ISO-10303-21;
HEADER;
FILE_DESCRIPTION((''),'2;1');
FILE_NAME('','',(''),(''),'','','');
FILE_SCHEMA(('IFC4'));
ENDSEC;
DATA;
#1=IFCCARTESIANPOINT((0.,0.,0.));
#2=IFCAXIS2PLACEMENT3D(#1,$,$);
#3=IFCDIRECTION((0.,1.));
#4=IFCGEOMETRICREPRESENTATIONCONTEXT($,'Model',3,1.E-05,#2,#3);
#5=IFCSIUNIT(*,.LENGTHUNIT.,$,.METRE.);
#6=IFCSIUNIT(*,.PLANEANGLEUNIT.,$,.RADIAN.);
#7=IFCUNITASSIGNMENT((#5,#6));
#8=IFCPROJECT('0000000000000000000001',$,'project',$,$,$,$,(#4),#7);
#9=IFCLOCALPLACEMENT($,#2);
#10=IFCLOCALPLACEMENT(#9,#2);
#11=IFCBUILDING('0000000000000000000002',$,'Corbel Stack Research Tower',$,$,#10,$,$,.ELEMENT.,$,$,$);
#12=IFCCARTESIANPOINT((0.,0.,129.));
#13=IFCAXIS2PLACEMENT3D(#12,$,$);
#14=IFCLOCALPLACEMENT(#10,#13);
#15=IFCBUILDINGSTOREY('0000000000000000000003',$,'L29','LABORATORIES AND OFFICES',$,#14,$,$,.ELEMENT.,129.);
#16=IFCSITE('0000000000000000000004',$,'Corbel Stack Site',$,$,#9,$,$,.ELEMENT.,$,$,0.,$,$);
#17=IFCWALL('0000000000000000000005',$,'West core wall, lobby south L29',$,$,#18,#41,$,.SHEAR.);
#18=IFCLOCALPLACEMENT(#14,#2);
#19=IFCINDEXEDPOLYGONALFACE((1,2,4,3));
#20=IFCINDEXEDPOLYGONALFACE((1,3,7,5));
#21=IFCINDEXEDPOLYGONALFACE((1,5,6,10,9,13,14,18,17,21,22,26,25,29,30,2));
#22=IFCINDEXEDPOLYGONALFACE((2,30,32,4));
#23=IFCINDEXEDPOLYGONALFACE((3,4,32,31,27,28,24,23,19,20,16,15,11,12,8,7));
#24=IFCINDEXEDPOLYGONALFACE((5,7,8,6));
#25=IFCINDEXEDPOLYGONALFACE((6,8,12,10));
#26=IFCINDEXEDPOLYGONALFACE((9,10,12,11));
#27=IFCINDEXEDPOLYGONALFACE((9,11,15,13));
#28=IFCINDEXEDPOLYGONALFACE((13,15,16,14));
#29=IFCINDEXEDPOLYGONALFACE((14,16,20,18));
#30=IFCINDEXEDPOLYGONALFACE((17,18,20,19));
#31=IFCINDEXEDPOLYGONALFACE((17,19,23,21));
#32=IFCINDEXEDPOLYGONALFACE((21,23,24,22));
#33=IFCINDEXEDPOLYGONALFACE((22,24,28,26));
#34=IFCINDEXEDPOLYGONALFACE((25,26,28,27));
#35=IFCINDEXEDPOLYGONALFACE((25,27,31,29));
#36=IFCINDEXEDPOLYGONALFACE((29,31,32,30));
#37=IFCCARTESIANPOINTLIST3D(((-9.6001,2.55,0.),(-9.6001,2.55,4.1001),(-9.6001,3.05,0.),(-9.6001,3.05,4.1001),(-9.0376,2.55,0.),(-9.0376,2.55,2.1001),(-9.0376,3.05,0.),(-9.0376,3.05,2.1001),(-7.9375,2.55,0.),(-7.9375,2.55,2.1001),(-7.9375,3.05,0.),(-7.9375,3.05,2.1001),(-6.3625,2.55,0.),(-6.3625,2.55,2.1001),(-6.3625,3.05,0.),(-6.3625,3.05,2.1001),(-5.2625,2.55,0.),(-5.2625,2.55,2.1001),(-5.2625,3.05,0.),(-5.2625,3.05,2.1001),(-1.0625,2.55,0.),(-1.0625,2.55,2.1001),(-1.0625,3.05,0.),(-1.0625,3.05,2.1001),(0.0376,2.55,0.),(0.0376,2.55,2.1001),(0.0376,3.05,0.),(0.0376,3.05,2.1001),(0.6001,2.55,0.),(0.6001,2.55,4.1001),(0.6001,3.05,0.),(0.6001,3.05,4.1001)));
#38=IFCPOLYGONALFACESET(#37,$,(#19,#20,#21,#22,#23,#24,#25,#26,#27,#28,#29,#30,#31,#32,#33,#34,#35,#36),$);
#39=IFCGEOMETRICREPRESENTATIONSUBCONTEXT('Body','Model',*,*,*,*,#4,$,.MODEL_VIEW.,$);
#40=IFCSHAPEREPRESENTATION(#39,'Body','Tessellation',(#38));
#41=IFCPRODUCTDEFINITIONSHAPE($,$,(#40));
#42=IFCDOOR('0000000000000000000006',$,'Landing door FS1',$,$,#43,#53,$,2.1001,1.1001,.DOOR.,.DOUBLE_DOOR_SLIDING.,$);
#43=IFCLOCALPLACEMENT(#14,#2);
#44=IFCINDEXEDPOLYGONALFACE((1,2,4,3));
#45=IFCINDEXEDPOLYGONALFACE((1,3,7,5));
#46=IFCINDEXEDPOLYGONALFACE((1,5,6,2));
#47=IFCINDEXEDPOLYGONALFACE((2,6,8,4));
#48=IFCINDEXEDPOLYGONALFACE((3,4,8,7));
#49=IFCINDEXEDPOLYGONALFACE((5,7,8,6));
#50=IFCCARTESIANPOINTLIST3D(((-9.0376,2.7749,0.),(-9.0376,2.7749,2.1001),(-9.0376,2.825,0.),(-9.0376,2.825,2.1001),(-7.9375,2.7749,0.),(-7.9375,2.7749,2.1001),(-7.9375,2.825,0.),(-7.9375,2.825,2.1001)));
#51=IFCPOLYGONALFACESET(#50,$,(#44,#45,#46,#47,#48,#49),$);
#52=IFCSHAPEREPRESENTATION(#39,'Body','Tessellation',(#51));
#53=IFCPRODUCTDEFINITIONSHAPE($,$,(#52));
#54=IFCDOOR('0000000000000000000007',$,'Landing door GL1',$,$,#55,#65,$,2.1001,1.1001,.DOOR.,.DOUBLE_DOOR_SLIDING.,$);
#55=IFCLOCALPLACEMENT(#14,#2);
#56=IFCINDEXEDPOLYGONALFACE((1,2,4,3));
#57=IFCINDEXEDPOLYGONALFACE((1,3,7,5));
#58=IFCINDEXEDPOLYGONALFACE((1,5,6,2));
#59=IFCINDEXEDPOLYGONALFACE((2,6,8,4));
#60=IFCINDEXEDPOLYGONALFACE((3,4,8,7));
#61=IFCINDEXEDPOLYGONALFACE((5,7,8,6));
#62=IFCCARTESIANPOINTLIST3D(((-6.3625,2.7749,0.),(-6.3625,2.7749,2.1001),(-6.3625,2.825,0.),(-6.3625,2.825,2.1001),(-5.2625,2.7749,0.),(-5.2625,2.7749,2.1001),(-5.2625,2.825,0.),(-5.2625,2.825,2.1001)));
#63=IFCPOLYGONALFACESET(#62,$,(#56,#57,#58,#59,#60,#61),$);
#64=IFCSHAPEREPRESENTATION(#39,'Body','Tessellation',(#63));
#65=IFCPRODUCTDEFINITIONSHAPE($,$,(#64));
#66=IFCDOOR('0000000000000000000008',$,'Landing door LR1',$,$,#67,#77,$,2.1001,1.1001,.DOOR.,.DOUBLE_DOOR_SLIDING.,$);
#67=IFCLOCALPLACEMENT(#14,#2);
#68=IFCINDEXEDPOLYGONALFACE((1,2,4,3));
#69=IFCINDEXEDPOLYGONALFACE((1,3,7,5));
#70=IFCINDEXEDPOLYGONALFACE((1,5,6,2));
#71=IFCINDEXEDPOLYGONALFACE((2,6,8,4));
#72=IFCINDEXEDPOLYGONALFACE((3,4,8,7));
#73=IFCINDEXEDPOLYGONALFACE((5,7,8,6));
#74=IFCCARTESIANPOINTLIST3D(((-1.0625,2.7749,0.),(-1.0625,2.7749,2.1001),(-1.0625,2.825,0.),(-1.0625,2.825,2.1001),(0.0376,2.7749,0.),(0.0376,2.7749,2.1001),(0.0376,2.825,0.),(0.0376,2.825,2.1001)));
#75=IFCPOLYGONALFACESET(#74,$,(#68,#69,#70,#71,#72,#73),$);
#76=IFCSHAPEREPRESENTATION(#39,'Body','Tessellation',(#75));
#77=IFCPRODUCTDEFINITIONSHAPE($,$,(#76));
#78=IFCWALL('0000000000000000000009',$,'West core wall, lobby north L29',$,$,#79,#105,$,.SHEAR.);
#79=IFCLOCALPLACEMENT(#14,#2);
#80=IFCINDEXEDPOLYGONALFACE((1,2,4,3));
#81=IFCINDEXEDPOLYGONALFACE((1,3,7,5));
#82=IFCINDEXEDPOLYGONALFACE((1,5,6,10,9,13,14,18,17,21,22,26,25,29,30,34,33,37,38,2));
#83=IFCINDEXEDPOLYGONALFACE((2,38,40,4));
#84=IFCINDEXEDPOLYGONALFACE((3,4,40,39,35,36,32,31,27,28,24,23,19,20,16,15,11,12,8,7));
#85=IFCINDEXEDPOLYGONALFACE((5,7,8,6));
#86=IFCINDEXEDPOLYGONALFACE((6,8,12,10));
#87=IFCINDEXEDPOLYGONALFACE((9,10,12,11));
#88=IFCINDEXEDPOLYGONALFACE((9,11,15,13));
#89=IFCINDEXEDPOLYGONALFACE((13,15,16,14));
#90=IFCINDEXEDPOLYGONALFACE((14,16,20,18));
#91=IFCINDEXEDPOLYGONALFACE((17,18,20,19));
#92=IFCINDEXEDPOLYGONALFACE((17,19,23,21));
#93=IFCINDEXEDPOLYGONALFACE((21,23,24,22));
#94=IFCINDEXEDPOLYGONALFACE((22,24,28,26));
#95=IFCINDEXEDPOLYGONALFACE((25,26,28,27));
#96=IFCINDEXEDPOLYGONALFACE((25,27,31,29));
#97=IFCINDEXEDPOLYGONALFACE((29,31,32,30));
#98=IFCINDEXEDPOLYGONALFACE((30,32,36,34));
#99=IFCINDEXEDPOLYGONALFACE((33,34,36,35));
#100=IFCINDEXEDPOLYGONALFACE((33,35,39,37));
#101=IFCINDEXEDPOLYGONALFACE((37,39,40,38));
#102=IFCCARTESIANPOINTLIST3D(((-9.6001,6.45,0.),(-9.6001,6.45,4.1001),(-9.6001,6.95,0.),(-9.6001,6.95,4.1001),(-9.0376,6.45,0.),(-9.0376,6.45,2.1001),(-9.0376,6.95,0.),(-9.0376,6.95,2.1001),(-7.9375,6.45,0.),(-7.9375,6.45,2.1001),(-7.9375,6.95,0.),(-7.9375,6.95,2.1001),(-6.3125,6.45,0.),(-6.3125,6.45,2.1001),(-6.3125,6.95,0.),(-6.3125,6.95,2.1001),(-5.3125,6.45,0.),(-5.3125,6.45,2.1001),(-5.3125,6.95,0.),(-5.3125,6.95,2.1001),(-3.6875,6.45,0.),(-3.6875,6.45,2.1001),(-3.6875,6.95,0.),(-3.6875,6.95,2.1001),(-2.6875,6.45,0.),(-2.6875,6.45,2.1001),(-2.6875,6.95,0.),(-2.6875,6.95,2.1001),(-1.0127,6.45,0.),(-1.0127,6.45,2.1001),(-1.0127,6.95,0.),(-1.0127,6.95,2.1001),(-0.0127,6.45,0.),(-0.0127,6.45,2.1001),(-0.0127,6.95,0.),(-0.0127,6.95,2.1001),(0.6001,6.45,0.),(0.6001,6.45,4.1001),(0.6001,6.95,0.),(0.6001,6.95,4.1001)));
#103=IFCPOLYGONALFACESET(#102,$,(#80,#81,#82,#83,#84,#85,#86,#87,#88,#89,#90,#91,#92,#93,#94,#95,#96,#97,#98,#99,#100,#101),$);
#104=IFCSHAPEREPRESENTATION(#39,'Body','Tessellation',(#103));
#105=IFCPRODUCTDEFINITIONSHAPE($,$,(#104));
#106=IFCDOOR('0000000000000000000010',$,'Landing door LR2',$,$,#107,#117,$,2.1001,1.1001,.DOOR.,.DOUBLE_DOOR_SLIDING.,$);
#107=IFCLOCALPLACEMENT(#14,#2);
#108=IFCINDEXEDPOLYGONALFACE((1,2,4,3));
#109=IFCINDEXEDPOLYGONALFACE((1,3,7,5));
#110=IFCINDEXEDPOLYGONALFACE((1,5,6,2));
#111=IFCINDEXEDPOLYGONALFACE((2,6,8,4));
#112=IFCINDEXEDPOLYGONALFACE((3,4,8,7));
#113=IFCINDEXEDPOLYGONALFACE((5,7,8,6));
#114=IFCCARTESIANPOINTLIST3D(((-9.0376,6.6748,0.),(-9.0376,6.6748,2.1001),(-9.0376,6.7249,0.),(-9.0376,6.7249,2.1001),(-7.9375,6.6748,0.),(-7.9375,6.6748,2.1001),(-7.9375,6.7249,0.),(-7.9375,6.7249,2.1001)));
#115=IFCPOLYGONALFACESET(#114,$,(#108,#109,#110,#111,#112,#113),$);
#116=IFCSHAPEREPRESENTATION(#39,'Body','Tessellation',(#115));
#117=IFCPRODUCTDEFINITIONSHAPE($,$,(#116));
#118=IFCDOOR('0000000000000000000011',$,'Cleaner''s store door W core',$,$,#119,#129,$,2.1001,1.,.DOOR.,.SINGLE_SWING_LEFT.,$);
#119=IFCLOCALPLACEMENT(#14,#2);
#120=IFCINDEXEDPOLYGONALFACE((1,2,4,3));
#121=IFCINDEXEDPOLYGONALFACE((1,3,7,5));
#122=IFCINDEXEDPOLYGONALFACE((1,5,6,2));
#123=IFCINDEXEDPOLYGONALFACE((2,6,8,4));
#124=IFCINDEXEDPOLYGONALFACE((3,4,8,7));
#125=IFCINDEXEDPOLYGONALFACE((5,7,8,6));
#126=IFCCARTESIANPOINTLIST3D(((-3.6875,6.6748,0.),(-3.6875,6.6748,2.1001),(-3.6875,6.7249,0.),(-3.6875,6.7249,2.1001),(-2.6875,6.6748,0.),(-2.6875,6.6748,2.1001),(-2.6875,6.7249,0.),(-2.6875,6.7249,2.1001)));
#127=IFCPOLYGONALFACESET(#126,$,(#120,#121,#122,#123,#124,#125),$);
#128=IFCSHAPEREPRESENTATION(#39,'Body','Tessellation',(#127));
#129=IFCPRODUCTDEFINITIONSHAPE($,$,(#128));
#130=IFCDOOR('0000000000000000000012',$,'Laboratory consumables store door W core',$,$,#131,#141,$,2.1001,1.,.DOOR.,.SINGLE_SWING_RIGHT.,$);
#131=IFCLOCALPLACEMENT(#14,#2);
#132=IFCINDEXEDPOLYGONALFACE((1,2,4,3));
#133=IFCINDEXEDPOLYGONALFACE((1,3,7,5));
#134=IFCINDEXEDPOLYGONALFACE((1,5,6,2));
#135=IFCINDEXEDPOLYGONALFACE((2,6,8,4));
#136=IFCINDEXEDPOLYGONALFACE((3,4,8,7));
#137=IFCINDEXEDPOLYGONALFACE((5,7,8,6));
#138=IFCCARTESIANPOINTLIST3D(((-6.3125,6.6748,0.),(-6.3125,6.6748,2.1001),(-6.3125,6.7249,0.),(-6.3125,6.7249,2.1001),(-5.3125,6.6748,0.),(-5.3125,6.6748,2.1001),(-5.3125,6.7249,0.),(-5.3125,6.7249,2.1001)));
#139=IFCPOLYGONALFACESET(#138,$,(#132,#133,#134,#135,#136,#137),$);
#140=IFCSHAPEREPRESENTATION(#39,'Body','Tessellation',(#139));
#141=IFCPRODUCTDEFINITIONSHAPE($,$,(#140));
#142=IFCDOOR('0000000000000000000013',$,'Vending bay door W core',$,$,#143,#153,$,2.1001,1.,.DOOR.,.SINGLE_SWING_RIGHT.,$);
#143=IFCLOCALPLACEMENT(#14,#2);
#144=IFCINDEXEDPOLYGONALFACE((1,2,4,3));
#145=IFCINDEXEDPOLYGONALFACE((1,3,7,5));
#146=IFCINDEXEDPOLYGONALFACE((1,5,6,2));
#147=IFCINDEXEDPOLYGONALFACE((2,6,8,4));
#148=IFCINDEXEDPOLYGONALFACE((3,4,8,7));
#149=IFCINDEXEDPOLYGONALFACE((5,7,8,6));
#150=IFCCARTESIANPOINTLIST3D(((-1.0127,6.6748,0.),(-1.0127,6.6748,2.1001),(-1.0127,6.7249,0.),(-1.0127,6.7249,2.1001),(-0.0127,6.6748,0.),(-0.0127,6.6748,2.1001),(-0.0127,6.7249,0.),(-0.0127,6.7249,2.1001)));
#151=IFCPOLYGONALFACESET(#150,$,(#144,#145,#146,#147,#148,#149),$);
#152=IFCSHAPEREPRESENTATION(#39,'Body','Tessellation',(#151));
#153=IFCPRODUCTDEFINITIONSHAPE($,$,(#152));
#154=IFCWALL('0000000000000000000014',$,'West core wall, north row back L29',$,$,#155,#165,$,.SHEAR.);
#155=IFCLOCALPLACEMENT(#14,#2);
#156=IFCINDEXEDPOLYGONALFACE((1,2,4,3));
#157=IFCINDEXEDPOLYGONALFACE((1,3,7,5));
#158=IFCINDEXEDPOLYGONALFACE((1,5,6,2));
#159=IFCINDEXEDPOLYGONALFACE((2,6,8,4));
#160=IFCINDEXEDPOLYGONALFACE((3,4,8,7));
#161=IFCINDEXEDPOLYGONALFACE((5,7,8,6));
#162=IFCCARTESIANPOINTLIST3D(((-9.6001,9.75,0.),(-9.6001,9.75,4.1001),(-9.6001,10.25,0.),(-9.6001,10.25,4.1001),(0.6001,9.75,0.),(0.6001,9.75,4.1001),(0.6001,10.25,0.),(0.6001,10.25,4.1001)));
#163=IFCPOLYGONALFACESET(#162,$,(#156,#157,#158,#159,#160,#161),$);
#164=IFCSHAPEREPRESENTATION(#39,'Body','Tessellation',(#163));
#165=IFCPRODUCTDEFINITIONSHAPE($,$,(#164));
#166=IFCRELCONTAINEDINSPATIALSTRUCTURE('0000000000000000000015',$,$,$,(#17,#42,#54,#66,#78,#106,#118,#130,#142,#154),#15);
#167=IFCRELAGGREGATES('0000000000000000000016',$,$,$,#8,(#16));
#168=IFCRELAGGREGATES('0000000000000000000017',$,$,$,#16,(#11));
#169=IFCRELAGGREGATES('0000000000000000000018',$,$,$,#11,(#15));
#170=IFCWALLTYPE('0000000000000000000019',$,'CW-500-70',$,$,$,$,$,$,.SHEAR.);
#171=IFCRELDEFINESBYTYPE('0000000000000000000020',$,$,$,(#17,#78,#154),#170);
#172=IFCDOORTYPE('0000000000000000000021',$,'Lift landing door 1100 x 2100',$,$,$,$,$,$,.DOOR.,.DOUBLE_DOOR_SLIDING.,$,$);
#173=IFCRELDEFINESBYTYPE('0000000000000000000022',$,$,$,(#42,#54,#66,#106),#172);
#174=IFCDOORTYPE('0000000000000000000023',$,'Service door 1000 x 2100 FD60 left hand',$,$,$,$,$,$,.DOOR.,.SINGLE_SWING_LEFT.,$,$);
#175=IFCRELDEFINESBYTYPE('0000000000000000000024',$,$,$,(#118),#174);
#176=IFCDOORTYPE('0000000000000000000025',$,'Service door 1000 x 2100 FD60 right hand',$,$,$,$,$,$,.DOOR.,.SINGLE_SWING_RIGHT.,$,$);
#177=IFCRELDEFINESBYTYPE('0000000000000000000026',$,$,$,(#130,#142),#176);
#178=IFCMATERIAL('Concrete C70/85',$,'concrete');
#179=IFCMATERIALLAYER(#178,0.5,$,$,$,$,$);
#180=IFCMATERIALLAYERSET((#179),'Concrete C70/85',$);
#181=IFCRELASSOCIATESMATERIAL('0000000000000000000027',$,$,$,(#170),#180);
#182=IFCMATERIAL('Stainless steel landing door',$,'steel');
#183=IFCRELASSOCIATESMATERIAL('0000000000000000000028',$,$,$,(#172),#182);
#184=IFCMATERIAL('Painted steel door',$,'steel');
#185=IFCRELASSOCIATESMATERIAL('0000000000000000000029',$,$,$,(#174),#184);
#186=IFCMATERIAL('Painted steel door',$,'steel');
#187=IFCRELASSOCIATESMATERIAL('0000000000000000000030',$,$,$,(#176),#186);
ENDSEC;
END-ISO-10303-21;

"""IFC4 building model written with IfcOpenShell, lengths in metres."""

from ifc_helpers import new_model, si_unit, direction, frame, frame_2d, origin, place, context, subcontext, project, spatial, rectangle, extrude, material, layer, layer_set, type_object, element, fill, save


model = new_model("IFC4")

# Units and contexts
model_context = context("Model", 3, precision=1e-05, world=origin(), true_north=direction((0.0, 1.0)))
body_context = subcontext(model_context, "Body", "Model", "MODEL_VIEW")
ifc_project = project(units=[si_unit("LENGTHUNIT", "METRE"), si_unit("PLANEANGLEUNIT", "RADIAN")], contexts=[model_context])

# Site, building, storey
site_placement = place(None, origin())
site = spatial("IfcSite", under=ifc_project, at=site_placement, Name="Corbel Stack Site", CompositionType="ELEMENT", RefElevation=0.0)
building_placement = place(site_placement, origin())
building = spatial("IfcBuilding", under=site, at=building_placement, Name="Corbel Stack Research Tower", CompositionType="ELEMENT")
storey_placement = place(building_placement, frame((0.0, 0.0, 129.0)))
storey = spatial("IfcBuildingStorey", under=building, at=storey_placement, Name="L29", Description="LABORATORIES AND OFFICES", CompositionType="ELEMENT", Elevation=129.0)

# Walls, openings, doors
ifc_material_1 = material(Name="Concrete C70/85", Category="concrete")
ifc_layer_1 = layer(ifc_material_1, 0.5)
ifc_layer_set_1 = layer_set([ifc_layer_1], Name="Concrete C70/85")
wall_type_1 = type_object("IfcWallType", Name="CW-500-70", PredefinedType="SHEAR", material=ifc_layer_set_1)
wall_1_placement = place(storey_placement, frame((-9.6001, 2.8, 0.0), z_axis=(0.0, 0.0, 1.0), x_axis=(1.0, 0.0, 0.0)))
wall_1 = element("IfcWall", 1, at=wall_1_placement, inside=storey, type_object=wall_type_1, Name="West core wall, lobby south L29", PredefinedType="SHEAR", context=body_context, shape_type="SweptSolid", body=[
    extrude(rectangle(XDim=10.2002, YDim=0.5, at=frame_2d((5.1001, 0.0))), origin(), (0.0, 0.0, 1.0), 4.1001),
])
opening_1_placement = place(wall_1_placement, frame((0.5625, 0.0, 0.0)))
opening_1 = element("IfcOpeningElement", 2, at=opening_1_placement, cuts=wall_1, PredefinedType="OPENING", context=body_context, shape_type="SweptSolid", body=[
    extrude(rectangle(XDim=1.1001, YDim=2.1001, at=frame_2d((0.55, 1.05))), frame((0.0, 0.26, 0.0), z_axis=(0.0, -1.0, 0.0), x_axis=(1.0, 0.0, 0.0)), (0.0, 0.0, 1.0), 0.52),
])
opening_2_placement = place(wall_1_placement, frame((3.2375, 0.0, 0.0)))
opening_2 = element("IfcOpeningElement", 3, at=opening_2_placement, cuts=wall_1, PredefinedType="OPENING", context=body_context, shape_type="SweptSolid", body=[
    extrude(rectangle(XDim=1.1001, YDim=2.1001, at=frame_2d((0.55, 1.05))), frame((0.0, 0.26, 0.0), z_axis=(0.0, -1.0, 0.0), x_axis=(1.0, 0.0, 0.0)), (0.0, 0.0, 1.0), 0.52),
])
opening_3_placement = place(wall_1_placement, frame((8.5376, 0.0, 0.0)))
opening_3 = element("IfcOpeningElement", 4, at=opening_3_placement, cuts=wall_1, PredefinedType="OPENING", context=body_context, shape_type="SweptSolid", body=[
    extrude(rectangle(XDim=1.1001, YDim=2.1001, at=frame_2d((0.55, 1.05))), frame((0.0, 0.26, 0.0), z_axis=(0.0, -1.0, 0.0), x_axis=(1.0, 0.0, 0.0)), (0.0, 0.0, 1.0), 0.52),
])
ifc_material_2 = material(Name="Stainless steel landing door", Category="steel")
door_type_1 = type_object("IfcDoorType", Name="Lift landing door 1100 x 2100", OperationType="DOUBLE_DOOR_SLIDING", PredefinedType="DOOR", material=ifc_material_2)
door_1_placement = place(opening_1_placement, origin())
door_1 = element("IfcDoor", 5, at=door_1_placement, inside=storey, type_object=door_type_1, Name="Landing door FS1", OperationType="DOUBLE_DOOR_SLIDING", OverallHeight=2.1001, OverallWidth=1.1001, PredefinedType="DOOR", context=body_context, shape_type="SweptSolid", body=[
    extrude(rectangle(XDim=1.1001, YDim=2.1001, at=frame_2d((0.55, 1.05))), frame((0.0, 0.0249, 0.0), z_axis=(0.0, -1.0, 0.0), x_axis=(1.0, 0.0, 0.0)), (0.0, 0.0, 1.0), 0.05),
])
fill(opening_1, door_1)
door_2_placement = place(opening_2_placement, origin())
door_2 = element("IfcDoor", 6, at=door_2_placement, inside=storey, type_object=door_type_1, Name="Landing door GL1", OperationType="DOUBLE_DOOR_SLIDING", OverallHeight=2.1001, OverallWidth=1.1001, PredefinedType="DOOR", context=body_context, shape_type="SweptSolid", body=[
    extrude(rectangle(XDim=1.1001, YDim=2.1001, at=frame_2d((0.55, 1.05))), frame((0.0, 0.0249, 0.0), z_axis=(0.0, -1.0, 0.0), x_axis=(1.0, 0.0, 0.0)), (0.0, 0.0, 1.0), 0.05),
])
fill(opening_2, door_2)
door_3_placement = place(opening_3_placement, origin())
door_3 = element("IfcDoor", 7, at=door_3_placement, inside=storey, type_object=door_type_1, Name="Landing door LR1", OperationType="DOUBLE_DOOR_SLIDING", OverallHeight=2.1001, OverallWidth=1.1001, PredefinedType="DOOR", context=body_context, shape_type="SweptSolid", body=[
    extrude(rectangle(XDim=1.1001, YDim=2.1001, at=frame_2d((0.55, 1.05))), frame((0.0, 0.0249, 0.0), z_axis=(0.0, -1.0, 0.0), x_axis=(1.0, 0.0, 0.0)), (0.0, 0.0, 1.0), 0.05),
])
fill(opening_3, door_3)
wall_2_placement = place(storey_placement, frame((-9.6001, 6.7, 0.0), z_axis=(0.0, 0.0, 1.0), x_axis=(1.0, 0.0, 0.0)))
wall_2 = element("IfcWall", 8, at=wall_2_placement, inside=storey, type_object=wall_type_1, Name="West core wall, lobby north L29", PredefinedType="SHEAR", context=body_context, shape_type="SweptSolid", body=[
    extrude(rectangle(XDim=10.2002, YDim=0.5, at=frame_2d((5.1001, 0.0))), origin(), (0.0, 0.0, 1.0), 4.1001),
])
opening_4_placement = place(wall_2_placement, frame((0.5625, 0.0, 0.0)))
opening_4 = element("IfcOpeningElement", 9, at=opening_4_placement, cuts=wall_2, PredefinedType="OPENING", context=body_context, shape_type="SweptSolid", body=[
    extrude(rectangle(XDim=1.1001, YDim=2.1001, at=frame_2d((0.55, 1.05))), frame((0.0, 0.26, 0.0), z_axis=(0.0, -1.0, 0.0), x_axis=(1.0, 0.0, 0.0)), (0.0, 0.0, 1.0), 0.52),
])
opening_5_placement = place(wall_2_placement, frame((3.2876, 0.0, 0.0)))
opening_5 = element("IfcOpeningElement", 10, at=opening_5_placement, cuts=wall_2, PredefinedType="OPENING", context=body_context, shape_type="SweptSolid", body=[
    extrude(rectangle(XDim=1.0, YDim=2.1001, at=frame_2d((0.5, 1.05))), frame((0.0, 0.26, 0.0), z_axis=(0.0, -1.0, 0.0), x_axis=(1.0, 0.0, 0.0)), (0.0, 0.0, 1.0), 0.52),
])
opening_6_placement = place(wall_2_placement, frame((5.9126, 0.0, 0.0)))
opening_6 = element("IfcOpeningElement", 11, at=opening_6_placement, cuts=wall_2, PredefinedType="OPENING", context=body_context, shape_type="SweptSolid", body=[
    extrude(rectangle(XDim=1.0, YDim=2.1001, at=frame_2d((0.5, 1.05))), frame((0.0, 0.26, 0.0), z_axis=(0.0, -1.0, 0.0), x_axis=(1.0, 0.0, 0.0)), (0.0, 0.0, 1.0), 0.52),
])
opening_7_placement = place(wall_2_placement, frame((8.5874, 0.0, 0.0)))
opening_7 = element("IfcOpeningElement", 12, at=opening_7_placement, cuts=wall_2, PredefinedType="OPENING", context=body_context, shape_type="SweptSolid", body=[
    extrude(rectangle(XDim=1.0, YDim=2.1001, at=frame_2d((0.5, 1.05))), frame((0.0, 0.26, 0.0), z_axis=(0.0, -1.0, 0.0), x_axis=(1.0, 0.0, 0.0)), (0.0, 0.0, 1.0), 0.52),
])
door_4_placement = place(opening_4_placement, origin())
door_4 = element("IfcDoor", 13, at=door_4_placement, inside=storey, type_object=door_type_1, Name="Landing door LR2", OperationType="DOUBLE_DOOR_SLIDING", OverallHeight=2.1001, OverallWidth=1.1001, PredefinedType="DOOR", context=body_context, shape_type="SweptSolid", body=[
    extrude(rectangle(XDim=1.1001, YDim=2.1001, at=frame_2d((0.55, 1.05))), frame((0.0, 0.0249, 0.0), z_axis=(0.0, -1.0, 0.0), x_axis=(1.0, 0.0, 0.0)), (0.0, 0.0, 1.0), 0.05),
])
fill(opening_4, door_4)
ifc_material_3 = material(Name="Painted steel door", Category="steel")
door_type_2 = type_object("IfcDoorType", Name="Service door 1000 x 2100 FD60 left hand", OperationType="SINGLE_SWING_LEFT", PredefinedType="DOOR", material=ifc_material_3)
door_5_placement = place(opening_6_placement, origin())
door_5 = element("IfcDoor", 14, at=door_5_placement, inside=storey, type_object=door_type_2, Name="Cleaner's store door W core", OperationType="SINGLE_SWING_LEFT", OverallHeight=2.1001, OverallWidth=1.0, PredefinedType="DOOR", context=body_context, shape_type="SweptSolid", body=[
    extrude(rectangle(XDim=1.0, YDim=2.1001, at=frame_2d((0.5, 1.05))), frame((0.0, 0.0249, 0.0), z_axis=(0.0, -1.0, 0.0), x_axis=(1.0, 0.0, 0.0)), (0.0, 0.0, 1.0), 0.05),
])
fill(opening_6, door_5)
ifc_material_4 = material(Name="Painted steel door", Category="steel")
door_type_3 = type_object("IfcDoorType", Name="Service door 1000 x 2100 FD60 right hand", OperationType="SINGLE_SWING_RIGHT", PredefinedType="DOOR", material=ifc_material_4)
door_6_placement = place(opening_5_placement, origin())
door_6 = element("IfcDoor", 15, at=door_6_placement, inside=storey, type_object=door_type_3, Name="Laboratory consumables store door W core", OperationType="SINGLE_SWING_RIGHT", OverallHeight=2.1001, OverallWidth=1.0, PredefinedType="DOOR", context=body_context, shape_type="SweptSolid", body=[
    extrude(rectangle(XDim=1.0, YDim=2.1001, at=frame_2d((0.5, 1.05))), frame((0.0, 0.0249, 0.0), z_axis=(0.0, -1.0, 0.0), x_axis=(1.0, 0.0, 0.0)), (0.0, 0.0, 1.0), 0.05),
])
fill(opening_5, door_6)
door_7_placement = place(opening_7_placement, origin())
door_7 = element("IfcDoor", 16, at=door_7_placement, inside=storey, type_object=door_type_3, Name="Vending bay door W core", OperationType="SINGLE_SWING_RIGHT", OverallHeight=2.1001, OverallWidth=1.0, PredefinedType="DOOR", context=body_context, shape_type="SweptSolid", body=[
    extrude(rectangle(XDim=1.0, YDim=2.1001, at=frame_2d((0.5, 1.05))), frame((0.0, 0.0249, 0.0), z_axis=(0.0, -1.0, 0.0), x_axis=(1.0, 0.0, 0.0)), (0.0, 0.0, 1.0), 0.05),
])
fill(opening_7, door_7)

# Wall
wall_3_placement = place(storey_placement, frame((-9.6001, 10.0, 0.0), z_axis=(0.0, 0.0, 1.0), x_axis=(1.0, 0.0, 0.0)))
element("IfcWall", 17, at=wall_3_placement, inside=storey, type_object=wall_type_1, Name="West core wall, north row back L29", PredefinedType="SHEAR", context=body_context, shape_type="SweptSolid", body=[
    extrude(rectangle(XDim=10.2002, YDim=0.5, at=frame_2d((5.1001, 0.0))), origin(), (0.0, 0.0, 1.0), 4.1001),
])

save(model, "model.ifc")
